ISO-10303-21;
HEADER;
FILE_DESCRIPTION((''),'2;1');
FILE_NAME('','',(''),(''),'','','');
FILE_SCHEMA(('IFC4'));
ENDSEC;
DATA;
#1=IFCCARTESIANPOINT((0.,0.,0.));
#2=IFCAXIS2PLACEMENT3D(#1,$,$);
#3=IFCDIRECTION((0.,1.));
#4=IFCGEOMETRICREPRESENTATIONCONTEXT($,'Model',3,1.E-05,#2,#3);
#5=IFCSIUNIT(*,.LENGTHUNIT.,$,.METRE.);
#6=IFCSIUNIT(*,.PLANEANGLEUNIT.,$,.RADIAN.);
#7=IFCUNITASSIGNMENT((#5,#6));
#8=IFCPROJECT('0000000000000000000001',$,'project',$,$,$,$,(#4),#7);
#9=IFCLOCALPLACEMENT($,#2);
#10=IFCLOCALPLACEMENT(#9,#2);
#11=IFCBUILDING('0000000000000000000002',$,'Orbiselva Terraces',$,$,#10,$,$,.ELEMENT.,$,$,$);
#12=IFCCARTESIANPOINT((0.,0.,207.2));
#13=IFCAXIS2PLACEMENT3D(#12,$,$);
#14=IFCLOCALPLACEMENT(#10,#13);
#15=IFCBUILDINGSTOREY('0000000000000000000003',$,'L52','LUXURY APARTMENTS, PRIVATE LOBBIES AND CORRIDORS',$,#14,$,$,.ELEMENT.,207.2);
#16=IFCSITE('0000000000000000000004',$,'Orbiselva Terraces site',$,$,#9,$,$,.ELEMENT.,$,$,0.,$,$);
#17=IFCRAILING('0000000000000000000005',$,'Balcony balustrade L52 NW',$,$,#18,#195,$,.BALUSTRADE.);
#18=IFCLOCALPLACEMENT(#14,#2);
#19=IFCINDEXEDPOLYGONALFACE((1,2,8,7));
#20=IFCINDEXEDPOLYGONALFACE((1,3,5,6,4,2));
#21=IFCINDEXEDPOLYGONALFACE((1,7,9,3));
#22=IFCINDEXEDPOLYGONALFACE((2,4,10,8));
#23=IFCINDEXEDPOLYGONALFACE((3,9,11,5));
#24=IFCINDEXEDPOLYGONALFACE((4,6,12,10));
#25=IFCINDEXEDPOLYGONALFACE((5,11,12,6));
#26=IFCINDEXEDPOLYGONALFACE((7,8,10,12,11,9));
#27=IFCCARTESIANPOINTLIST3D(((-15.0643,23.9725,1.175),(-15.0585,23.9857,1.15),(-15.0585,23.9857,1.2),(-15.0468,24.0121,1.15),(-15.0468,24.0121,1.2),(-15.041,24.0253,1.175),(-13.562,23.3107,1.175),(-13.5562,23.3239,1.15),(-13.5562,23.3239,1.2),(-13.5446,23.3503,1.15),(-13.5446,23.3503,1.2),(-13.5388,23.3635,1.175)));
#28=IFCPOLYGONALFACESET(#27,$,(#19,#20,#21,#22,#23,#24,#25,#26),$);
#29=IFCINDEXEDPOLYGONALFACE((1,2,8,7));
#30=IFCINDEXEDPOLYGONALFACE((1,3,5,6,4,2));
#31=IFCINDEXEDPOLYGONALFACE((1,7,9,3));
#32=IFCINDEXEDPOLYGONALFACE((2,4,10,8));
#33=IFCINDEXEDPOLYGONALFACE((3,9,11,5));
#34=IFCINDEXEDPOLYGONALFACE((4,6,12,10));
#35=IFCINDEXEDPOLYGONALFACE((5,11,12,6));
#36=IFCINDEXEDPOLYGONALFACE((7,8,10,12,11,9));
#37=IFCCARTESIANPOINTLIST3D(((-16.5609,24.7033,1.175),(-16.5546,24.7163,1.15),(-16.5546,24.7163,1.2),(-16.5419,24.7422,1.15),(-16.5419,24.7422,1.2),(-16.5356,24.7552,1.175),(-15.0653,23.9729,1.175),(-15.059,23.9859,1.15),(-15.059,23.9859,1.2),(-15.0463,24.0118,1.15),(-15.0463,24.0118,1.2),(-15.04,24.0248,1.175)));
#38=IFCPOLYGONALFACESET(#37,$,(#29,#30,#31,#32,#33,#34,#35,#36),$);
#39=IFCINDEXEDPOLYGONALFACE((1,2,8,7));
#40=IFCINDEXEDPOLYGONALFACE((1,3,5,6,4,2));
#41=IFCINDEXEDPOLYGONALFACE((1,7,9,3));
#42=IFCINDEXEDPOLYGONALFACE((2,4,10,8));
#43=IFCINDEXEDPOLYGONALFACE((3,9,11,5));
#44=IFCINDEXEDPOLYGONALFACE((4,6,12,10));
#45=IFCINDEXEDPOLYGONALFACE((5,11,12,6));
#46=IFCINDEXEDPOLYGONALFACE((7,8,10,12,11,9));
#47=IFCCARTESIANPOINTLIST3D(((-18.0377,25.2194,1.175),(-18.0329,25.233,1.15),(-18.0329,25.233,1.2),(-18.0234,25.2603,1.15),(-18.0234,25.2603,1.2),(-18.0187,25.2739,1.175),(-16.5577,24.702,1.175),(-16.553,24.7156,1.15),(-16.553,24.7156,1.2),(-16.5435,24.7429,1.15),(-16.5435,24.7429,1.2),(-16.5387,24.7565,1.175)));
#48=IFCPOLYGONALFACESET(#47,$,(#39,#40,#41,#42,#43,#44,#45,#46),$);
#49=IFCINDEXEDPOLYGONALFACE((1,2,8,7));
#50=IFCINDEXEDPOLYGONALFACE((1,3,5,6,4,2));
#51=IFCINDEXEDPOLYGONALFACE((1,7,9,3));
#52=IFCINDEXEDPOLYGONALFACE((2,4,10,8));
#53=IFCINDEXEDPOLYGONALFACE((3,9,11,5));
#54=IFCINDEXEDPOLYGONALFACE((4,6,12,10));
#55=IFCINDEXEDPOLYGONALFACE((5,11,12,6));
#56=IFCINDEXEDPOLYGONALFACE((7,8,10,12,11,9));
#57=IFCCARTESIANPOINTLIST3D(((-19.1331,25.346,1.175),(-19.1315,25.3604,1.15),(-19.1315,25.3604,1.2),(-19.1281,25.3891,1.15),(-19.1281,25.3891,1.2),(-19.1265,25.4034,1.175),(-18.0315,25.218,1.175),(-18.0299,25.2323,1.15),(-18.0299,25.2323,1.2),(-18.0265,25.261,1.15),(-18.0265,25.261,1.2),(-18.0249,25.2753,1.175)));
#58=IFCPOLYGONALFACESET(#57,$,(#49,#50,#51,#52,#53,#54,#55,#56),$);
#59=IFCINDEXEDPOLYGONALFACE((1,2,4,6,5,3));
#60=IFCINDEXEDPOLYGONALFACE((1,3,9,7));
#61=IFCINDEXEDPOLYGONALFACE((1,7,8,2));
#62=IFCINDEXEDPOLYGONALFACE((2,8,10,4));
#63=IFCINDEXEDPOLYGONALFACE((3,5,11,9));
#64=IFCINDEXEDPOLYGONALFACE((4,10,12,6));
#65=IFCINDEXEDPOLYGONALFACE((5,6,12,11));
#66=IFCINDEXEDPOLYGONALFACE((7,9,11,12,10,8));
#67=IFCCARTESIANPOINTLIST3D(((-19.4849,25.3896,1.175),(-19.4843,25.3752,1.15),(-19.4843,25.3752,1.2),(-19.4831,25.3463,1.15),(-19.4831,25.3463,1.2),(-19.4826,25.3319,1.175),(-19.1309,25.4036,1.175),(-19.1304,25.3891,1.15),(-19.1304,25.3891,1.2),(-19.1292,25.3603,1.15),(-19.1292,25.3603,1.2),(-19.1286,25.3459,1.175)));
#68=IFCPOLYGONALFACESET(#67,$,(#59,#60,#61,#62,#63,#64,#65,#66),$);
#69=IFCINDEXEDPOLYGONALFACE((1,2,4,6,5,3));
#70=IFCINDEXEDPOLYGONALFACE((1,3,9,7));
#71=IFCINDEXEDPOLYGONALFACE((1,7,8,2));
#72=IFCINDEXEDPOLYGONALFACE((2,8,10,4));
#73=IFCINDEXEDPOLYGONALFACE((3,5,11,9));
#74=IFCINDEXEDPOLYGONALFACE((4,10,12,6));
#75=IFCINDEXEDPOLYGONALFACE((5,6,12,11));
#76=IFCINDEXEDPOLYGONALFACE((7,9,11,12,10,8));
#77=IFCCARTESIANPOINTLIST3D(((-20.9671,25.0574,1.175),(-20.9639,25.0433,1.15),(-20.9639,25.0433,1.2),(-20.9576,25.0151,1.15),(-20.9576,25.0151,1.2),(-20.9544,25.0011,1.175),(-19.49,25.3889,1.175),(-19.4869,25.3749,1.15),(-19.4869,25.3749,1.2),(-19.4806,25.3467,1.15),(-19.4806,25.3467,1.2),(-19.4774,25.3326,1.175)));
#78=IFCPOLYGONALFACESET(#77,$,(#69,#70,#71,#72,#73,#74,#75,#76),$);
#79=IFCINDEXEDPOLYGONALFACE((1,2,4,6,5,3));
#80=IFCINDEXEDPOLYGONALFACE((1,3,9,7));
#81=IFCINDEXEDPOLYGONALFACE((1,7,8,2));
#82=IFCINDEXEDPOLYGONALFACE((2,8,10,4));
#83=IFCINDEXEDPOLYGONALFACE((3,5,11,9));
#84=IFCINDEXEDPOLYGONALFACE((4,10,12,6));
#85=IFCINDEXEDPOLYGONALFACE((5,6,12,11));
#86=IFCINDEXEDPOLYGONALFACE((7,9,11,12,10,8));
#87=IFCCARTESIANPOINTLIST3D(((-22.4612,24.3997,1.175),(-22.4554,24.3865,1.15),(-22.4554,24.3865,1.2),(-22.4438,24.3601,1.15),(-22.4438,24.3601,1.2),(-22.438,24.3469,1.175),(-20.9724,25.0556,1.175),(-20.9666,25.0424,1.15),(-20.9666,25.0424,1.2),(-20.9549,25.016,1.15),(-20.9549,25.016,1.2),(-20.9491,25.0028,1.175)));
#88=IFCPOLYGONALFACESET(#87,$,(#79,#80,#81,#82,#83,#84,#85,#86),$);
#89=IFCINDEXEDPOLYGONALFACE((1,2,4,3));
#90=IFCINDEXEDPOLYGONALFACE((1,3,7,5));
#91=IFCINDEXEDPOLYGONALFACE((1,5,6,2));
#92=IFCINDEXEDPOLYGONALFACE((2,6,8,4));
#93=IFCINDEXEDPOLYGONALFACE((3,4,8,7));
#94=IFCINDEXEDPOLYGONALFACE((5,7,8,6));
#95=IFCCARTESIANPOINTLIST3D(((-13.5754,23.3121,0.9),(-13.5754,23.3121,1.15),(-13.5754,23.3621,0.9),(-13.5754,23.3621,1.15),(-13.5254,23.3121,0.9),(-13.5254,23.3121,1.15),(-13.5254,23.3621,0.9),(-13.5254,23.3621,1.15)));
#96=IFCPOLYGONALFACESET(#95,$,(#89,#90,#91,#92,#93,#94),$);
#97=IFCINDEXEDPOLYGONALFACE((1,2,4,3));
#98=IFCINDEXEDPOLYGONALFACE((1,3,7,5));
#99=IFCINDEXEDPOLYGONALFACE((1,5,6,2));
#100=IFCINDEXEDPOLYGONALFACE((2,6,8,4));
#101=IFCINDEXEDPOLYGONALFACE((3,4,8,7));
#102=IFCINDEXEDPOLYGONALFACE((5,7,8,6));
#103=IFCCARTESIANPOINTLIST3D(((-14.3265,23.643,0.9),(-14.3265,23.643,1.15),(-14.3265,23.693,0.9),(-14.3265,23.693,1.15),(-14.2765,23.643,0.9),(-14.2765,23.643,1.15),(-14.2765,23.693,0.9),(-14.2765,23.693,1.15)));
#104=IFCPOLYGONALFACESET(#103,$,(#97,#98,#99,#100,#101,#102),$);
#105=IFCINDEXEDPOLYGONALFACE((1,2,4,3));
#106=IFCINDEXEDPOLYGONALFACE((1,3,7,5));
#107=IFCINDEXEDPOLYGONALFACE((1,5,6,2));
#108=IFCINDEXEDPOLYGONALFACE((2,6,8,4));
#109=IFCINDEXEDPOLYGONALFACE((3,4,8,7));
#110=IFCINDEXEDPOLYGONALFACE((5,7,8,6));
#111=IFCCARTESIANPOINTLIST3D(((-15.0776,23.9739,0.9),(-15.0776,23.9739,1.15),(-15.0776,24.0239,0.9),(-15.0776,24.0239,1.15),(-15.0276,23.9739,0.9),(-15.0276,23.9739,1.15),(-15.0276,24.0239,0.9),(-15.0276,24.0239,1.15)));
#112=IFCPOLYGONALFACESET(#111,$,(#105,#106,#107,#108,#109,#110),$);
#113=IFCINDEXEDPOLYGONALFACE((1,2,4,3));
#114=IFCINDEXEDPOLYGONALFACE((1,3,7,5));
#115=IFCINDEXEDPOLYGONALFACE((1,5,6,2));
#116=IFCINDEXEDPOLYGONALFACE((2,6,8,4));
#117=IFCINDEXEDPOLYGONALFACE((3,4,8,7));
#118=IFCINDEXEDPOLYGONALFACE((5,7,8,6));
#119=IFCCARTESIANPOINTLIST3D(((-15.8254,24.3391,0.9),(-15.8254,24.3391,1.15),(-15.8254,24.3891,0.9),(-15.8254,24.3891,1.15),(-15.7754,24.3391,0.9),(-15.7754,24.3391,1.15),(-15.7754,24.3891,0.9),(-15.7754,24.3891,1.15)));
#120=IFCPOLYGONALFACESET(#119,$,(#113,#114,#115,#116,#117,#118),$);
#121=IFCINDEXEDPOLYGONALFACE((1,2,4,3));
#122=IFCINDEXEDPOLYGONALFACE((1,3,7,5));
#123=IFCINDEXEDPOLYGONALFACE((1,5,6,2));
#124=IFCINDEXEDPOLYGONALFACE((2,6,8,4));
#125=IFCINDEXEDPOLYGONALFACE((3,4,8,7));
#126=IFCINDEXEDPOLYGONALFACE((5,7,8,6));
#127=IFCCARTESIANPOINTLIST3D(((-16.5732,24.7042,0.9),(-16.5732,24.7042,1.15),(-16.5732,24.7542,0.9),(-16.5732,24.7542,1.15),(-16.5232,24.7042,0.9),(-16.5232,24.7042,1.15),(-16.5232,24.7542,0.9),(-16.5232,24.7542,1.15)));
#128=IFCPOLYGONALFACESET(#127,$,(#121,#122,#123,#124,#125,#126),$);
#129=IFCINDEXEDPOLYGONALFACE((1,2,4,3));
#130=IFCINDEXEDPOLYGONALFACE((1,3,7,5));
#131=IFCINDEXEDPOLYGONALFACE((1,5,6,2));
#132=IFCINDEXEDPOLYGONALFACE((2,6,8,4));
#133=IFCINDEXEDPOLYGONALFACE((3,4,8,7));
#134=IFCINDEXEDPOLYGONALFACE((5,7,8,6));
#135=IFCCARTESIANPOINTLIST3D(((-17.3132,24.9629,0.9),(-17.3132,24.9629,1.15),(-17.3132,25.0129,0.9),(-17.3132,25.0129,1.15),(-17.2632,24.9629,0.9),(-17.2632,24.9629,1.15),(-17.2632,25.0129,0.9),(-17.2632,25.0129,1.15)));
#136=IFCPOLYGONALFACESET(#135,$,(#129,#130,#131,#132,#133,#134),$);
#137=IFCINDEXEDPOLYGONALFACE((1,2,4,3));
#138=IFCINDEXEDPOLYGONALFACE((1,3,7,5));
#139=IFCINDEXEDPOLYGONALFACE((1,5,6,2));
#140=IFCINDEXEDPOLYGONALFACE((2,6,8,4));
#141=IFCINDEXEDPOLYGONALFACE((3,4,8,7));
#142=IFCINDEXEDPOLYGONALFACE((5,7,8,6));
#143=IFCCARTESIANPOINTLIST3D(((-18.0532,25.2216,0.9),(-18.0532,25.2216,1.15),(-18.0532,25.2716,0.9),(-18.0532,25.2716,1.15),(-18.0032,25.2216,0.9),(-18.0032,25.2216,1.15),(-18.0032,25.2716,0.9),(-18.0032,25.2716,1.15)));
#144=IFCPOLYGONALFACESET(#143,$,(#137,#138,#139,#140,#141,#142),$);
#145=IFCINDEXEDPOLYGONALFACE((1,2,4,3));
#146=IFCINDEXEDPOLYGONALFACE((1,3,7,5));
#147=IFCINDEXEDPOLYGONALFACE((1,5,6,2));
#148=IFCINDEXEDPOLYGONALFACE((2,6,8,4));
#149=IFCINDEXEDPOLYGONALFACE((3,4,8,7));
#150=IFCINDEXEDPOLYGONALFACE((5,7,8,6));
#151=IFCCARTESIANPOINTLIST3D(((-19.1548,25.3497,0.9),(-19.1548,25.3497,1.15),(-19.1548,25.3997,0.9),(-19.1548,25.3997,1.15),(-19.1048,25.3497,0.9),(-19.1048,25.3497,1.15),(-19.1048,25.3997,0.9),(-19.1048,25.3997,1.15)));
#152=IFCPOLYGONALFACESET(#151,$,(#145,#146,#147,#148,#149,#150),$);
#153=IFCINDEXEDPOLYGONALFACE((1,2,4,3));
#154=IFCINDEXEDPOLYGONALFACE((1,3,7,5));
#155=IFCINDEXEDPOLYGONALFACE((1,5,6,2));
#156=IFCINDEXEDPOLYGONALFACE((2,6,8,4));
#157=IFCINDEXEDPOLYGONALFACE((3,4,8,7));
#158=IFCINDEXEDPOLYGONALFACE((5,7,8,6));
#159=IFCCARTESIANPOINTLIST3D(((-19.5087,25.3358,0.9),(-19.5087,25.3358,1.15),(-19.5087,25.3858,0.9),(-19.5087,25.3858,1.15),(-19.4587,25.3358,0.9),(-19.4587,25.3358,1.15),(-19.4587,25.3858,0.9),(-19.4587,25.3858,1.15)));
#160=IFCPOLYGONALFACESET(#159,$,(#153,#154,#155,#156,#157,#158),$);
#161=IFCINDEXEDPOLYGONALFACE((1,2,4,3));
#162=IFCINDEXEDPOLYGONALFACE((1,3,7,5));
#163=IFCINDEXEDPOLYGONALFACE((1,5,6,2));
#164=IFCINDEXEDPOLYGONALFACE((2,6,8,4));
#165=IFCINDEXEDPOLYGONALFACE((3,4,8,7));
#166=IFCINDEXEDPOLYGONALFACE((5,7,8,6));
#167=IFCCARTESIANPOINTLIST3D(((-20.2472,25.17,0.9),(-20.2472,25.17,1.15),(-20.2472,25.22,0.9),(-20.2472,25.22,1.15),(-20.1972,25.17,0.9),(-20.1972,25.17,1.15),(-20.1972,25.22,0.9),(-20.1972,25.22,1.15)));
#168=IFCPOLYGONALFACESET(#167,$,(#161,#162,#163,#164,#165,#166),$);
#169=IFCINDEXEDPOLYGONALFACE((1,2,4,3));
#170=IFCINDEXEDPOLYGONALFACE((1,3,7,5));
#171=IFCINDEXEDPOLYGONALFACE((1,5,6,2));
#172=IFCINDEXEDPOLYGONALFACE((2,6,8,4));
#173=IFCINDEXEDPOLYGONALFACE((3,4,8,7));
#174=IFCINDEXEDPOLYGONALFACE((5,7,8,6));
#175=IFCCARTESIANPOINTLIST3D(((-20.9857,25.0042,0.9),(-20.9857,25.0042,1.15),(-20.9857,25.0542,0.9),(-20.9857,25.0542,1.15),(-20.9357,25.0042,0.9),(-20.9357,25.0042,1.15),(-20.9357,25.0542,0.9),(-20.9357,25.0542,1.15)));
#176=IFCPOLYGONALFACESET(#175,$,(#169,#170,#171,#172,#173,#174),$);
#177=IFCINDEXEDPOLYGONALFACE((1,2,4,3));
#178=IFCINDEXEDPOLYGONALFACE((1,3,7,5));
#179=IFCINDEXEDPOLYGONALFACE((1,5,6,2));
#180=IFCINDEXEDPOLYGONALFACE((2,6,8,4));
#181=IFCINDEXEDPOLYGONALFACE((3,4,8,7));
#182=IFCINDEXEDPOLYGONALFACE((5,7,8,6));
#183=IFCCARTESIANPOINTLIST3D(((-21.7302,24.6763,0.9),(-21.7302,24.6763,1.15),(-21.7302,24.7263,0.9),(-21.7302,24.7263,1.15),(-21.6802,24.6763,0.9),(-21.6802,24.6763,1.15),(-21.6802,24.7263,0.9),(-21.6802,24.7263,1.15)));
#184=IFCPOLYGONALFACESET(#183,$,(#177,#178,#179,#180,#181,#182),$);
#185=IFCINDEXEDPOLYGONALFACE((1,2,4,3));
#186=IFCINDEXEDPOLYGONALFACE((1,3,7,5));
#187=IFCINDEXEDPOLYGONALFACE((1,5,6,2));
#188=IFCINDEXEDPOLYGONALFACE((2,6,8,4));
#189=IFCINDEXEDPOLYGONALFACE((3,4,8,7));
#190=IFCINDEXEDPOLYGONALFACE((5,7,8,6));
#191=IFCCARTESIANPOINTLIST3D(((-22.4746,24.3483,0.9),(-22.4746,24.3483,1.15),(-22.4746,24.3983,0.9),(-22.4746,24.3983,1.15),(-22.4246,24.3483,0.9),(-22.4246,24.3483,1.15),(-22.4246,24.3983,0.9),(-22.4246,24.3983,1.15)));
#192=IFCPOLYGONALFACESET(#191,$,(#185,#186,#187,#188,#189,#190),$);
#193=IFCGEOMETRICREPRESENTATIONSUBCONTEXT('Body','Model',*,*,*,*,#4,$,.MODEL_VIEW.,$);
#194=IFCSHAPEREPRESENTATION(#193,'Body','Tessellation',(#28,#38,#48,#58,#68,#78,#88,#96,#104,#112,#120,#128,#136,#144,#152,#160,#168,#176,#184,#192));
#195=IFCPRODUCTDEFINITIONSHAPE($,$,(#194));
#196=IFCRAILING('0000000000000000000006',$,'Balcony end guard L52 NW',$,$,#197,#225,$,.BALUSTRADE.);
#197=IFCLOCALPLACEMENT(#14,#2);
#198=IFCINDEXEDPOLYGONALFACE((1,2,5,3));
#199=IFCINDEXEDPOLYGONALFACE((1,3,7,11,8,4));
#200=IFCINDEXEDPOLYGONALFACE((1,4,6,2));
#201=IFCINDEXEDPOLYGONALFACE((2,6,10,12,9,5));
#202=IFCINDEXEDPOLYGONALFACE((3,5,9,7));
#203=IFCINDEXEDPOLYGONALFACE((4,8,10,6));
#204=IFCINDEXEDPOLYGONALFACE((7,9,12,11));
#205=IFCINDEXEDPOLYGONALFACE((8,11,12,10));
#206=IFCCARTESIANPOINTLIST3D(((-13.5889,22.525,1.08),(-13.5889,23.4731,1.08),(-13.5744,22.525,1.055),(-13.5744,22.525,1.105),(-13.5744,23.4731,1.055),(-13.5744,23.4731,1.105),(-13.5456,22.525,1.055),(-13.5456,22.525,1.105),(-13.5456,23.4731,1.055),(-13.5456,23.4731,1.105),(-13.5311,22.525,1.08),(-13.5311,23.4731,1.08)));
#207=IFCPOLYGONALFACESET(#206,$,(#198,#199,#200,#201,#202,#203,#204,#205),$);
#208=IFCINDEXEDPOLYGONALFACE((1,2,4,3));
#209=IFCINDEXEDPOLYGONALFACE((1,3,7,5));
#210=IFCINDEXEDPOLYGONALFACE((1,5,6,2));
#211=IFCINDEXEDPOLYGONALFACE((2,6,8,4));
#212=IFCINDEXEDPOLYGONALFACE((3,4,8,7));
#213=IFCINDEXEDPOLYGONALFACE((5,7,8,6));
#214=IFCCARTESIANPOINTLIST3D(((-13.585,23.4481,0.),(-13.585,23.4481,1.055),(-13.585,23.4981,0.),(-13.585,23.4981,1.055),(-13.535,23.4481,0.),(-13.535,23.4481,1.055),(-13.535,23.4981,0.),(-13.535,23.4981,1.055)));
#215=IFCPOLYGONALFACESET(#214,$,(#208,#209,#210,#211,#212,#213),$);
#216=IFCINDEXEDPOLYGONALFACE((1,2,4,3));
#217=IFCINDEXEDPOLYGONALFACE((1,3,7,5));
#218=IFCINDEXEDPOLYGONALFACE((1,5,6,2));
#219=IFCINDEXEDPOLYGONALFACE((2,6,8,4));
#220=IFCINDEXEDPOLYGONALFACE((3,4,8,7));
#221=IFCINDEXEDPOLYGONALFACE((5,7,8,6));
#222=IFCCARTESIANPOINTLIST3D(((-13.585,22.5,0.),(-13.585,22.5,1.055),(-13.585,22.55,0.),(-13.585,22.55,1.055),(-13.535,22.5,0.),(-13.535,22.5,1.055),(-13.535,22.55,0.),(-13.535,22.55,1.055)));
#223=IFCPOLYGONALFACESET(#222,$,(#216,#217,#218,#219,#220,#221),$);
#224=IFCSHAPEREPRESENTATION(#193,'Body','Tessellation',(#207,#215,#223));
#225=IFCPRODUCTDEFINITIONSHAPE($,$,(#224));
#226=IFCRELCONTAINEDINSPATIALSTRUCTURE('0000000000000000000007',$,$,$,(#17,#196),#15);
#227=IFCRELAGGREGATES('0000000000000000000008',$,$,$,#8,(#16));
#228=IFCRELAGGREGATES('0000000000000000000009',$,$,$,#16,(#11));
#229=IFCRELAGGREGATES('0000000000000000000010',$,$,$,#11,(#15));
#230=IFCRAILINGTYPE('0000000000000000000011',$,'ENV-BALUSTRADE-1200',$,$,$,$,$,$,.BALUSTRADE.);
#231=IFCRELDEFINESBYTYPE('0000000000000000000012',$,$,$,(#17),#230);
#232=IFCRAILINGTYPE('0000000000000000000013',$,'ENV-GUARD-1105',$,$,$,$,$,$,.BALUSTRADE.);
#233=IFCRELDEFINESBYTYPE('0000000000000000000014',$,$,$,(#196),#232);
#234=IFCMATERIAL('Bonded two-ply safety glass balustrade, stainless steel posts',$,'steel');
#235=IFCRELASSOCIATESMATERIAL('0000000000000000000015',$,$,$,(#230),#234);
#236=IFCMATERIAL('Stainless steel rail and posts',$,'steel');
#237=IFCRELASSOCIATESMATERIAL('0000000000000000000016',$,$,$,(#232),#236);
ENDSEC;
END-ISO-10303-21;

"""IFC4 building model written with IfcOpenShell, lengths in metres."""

from ifc_helpers import new_model, si_unit, direction, frame, origin, origin_2d, place, context, subcontext, project, spatial, polyline, rectangle, outline, extrude, material, type_object, element, save


model = new_model("IFC4")

# Units and contexts
model_context = context("Model", 3, precision=1e-05, world=origin(), true_north=direction((0.0, 1.0)))
body_context = subcontext(model_context, "Body", "Model", "MODEL_VIEW")
ifc_project = project(units=[si_unit("LENGTHUNIT", "METRE"), si_unit("PLANEANGLEUNIT", "RADIAN")], contexts=[model_context])

# Site, building, storey
site_placement = place(None, origin())
site = spatial("IfcSite", under=ifc_project, at=site_placement, Name="Orbiselva Terraces site", CompositionType="ELEMENT", RefElevation=0.0)
building_placement = place(site_placement, origin())
building = spatial("IfcBuilding", under=site, at=building_placement, Name="Orbiselva Terraces", CompositionType="ELEMENT")
storey_placement = place(building_placement, frame((0.0, 0.0, 207.2)))
storey = spatial("IfcBuildingStorey", under=building, at=storey_placement, Name="L52", Description="LUXURY APARTMENTS, PRIVATE LOBBIES AND CORRIDORS", CompositionType="ELEMENT", Elevation=207.2)

# Railings
ifc_material_1 = material(Name="Bonded two-ply safety glass balustrade, stainless steel posts", Category="steel")
railing_type_1 = type_object("IfcRailingType", Name="ENV-BALUSTRADE-1200", PredefinedType="BALUSTRADE", material=ifc_material_1)
railing_1_placement = place(storey_placement, frame((-13.5504, 23.3371, 0.9)))
element("IfcRailing", 1, at=railing_1_placement, inside=storey, type_object=railing_type_1, Name="Balcony balustrade L52 NW", PredefinedType="BALUSTRADE", context=body_context, shape_type="SweptSolid", body=[
    extrude(outline(polyline([(0.0289, 0.0), (0.0144, 0.025), (-0.0144, 0.025), (-0.0289, 0.0), (-0.0144, -0.025), (0.0144, -0.025), (0.0289, 0.0)])), frame((0.0, 0.0, 0.275), z_axis=(-0.915133, 0.403151, 0.0), x_axis=(-0.403151, -0.915133, 0.0)), (0.0, 0.0, 1.0), 1.6416),
    extrude(outline(polyline([(0.0289, 0.0), (0.0144, 0.025), (-0.0144, 0.025), (-0.0289, 0.0), (-0.0144, -0.025), (0.0144, -0.025), (0.0289, 0.0)])), frame((-1.5022, 0.6618, 0.275), z_axis=(-0.898579, 0.438812, 0.0), x_axis=(-0.438812, -0.898579, 0.0)), (0.0, 0.0, 1.0), 1.6644),
    extrude(outline(polyline([(0.0289, 0.0), (0.0144, 0.025), (-0.0144, 0.025), (-0.0289, 0.0), (-0.0144, -0.025), (0.0144, -0.025), (0.0289, 0.0)])), frame((-2.9978, 1.3921, 0.275), z_axis=(-0.943972, 0.330025, 0.0), x_axis=(-0.330025, -0.943972, 0.0)), (0.0, 0.0, 1.0), 1.5678),
    extrude(outline(polyline([(0.0289, 0.0), (0.0144, 0.025), (-0.0144, 0.025), (-0.0289, 0.0), (-0.0144, -0.025), (0.0144, -0.025), (0.0289, 0.0)])), frame((-4.4778, 1.9096, 0.275), z_axis=(-0.99331, 0.115481, 0.0), x_axis=(-0.115481, -0.99331, 0.0)), (0.0, 0.0, 1.0), 1.109),
    extrude(outline(polyline([(0.0289, 0.0), (0.0144, 0.025), (-0.0144, 0.025), (-0.0289, 0.0), (-0.0144, -0.025), (0.0144, -0.025), (0.0289, 0.0)])), frame((-5.5794, 2.0376, 0.275), z_axis=(-0.999225, -0.039364, 0.0), x_axis=(0.039364, -0.999225, 0.0)), (0.0, 0.0, 1.0), 0.3542),
    extrude(outline(polyline([(0.0289, 0.0), (0.0144, 0.025), (-0.0144, 0.025), (-0.0289, 0.0), (-0.0144, -0.025), (0.0144, -0.025), (0.0289, 0.0)])), frame((-5.9333, 2.0237, 0.275), z_axis=(-0.975721, -0.219016, 0.0), x_axis=(0.219016, -0.975721, 0.0)), (0.0, 0.0, 1.0), 1.5138),
    extrude(outline(polyline([(0.0289, 0.0), (0.0144, 0.025), (-0.0144, 0.025), (-0.0289, 0.0), (-0.0144, -0.025), (0.0144, -0.025), (0.0289, 0.0)])), frame((-7.4104, 1.6921, 0.275), z_axis=(-0.915133, -0.403151, 0.0), x_axis=(0.403151, -0.915133, 0.0)), (0.0, 0.0, 1.0), 1.6269),
    extrude(rectangle(XDim=0.05, YDim=0.05, at=origin_2d()), origin(), (0.0, 0.0, 1.0), 0.25),
    extrude(rectangle(XDim=0.05, YDim=0.05, at=origin_2d()), frame((-0.7511, 0.3309, 0.0)), (0.0, 0.0, 1.0), 0.25),
    extrude(rectangle(XDim=0.05, YDim=0.05, at=origin_2d()), frame((-1.5022, 0.6618, 0.0)), (0.0, 0.0, 1.0), 0.25),
    extrude(rectangle(XDim=0.05, YDim=0.05, at=origin_2d()), frame((-2.25, 1.027, 0.0)), (0.0, 0.0, 1.0), 0.25),
    extrude(rectangle(XDim=0.05, YDim=0.05, at=origin_2d()), frame((-2.9978, 1.3921, 0.0)), (0.0, 0.0, 1.0), 0.25),
    extrude(rectangle(XDim=0.05, YDim=0.05, at=origin_2d()), frame((-3.7378, 1.6509, 0.0)), (0.0, 0.0, 1.0), 0.25),
    extrude(rectangle(XDim=0.05, YDim=0.05, at=origin_2d()), frame((-4.4778, 1.9096, 0.0)), (0.0, 0.0, 1.0), 0.25),
    extrude(rectangle(XDim=0.05, YDim=0.05, at=origin_2d()), frame((-5.5794, 2.0376, 0.0)), (0.0, 0.0, 1.0), 0.25),
    extrude(rectangle(XDim=0.05, YDim=0.05, at=origin_2d()), frame((-5.9333, 2.0237, 0.0)), (0.0, 0.0, 1.0), 0.25),
    extrude(rectangle(XDim=0.05, YDim=0.05, at=origin_2d()), frame((-6.6718, 1.8579, 0.0)), (0.0, 0.0, 1.0), 0.25),
    extrude(rectangle(XDim=0.05, YDim=0.05, at=origin_2d()), frame((-7.4104, 1.6921, 0.0)), (0.0, 0.0, 1.0), 0.25),
    extrude(rectangle(XDim=0.05, YDim=0.05, at=origin_2d()), frame((-8.1548, 1.3642, 0.0)), (0.0, 0.0, 1.0), 0.25),
    extrude(rectangle(XDim=0.05, YDim=0.05, at=origin_2d()), frame((-8.8992, 1.0362, 0.0)), (0.0, 0.0, 1.0), 0.25),
])
ifc_material_2 = material(Name="Stainless steel rail and posts", Category="steel")
railing_type_2 = type_object("IfcRailingType", Name="ENV-GUARD-1105", PredefinedType="BALUSTRADE", material=ifc_material_2)
railing_2_placement = place(storey_placement, frame((-13.56, 23.4731, 0.0)))
element("IfcRailing", 2, at=railing_2_placement, inside=storey, type_object=railing_type_2, Name="Balcony end guard L52 NW", PredefinedType="BALUSTRADE", context=body_context, shape_type="SweptSolid", body=[
    extrude(outline(polyline([(0.0289, 0.0), (0.0144, 0.025), (-0.0144, 0.025), (-0.0289, 0.0), (-0.0144, -0.025), (0.0144, -0.025), (0.0289, 0.0)])), frame((0.0, 0.0, 1.08), z_axis=(0.0, -1.0, 0.0), x_axis=(1.0, 0.0, 0.0)), (0.0, 0.0, 1.0), 0.9481),
    extrude(rectangle(XDim=0.05, YDim=0.05, at=origin_2d()), origin(), (0.0, 0.0, 1.0), 1.055),
    extrude(rectangle(XDim=0.05, YDim=0.05, at=origin_2d()), frame((0.0, -0.9481, 0.0)), (0.0, 0.0, 1.0), 1.055),
])

save(model, "model.ifc")
